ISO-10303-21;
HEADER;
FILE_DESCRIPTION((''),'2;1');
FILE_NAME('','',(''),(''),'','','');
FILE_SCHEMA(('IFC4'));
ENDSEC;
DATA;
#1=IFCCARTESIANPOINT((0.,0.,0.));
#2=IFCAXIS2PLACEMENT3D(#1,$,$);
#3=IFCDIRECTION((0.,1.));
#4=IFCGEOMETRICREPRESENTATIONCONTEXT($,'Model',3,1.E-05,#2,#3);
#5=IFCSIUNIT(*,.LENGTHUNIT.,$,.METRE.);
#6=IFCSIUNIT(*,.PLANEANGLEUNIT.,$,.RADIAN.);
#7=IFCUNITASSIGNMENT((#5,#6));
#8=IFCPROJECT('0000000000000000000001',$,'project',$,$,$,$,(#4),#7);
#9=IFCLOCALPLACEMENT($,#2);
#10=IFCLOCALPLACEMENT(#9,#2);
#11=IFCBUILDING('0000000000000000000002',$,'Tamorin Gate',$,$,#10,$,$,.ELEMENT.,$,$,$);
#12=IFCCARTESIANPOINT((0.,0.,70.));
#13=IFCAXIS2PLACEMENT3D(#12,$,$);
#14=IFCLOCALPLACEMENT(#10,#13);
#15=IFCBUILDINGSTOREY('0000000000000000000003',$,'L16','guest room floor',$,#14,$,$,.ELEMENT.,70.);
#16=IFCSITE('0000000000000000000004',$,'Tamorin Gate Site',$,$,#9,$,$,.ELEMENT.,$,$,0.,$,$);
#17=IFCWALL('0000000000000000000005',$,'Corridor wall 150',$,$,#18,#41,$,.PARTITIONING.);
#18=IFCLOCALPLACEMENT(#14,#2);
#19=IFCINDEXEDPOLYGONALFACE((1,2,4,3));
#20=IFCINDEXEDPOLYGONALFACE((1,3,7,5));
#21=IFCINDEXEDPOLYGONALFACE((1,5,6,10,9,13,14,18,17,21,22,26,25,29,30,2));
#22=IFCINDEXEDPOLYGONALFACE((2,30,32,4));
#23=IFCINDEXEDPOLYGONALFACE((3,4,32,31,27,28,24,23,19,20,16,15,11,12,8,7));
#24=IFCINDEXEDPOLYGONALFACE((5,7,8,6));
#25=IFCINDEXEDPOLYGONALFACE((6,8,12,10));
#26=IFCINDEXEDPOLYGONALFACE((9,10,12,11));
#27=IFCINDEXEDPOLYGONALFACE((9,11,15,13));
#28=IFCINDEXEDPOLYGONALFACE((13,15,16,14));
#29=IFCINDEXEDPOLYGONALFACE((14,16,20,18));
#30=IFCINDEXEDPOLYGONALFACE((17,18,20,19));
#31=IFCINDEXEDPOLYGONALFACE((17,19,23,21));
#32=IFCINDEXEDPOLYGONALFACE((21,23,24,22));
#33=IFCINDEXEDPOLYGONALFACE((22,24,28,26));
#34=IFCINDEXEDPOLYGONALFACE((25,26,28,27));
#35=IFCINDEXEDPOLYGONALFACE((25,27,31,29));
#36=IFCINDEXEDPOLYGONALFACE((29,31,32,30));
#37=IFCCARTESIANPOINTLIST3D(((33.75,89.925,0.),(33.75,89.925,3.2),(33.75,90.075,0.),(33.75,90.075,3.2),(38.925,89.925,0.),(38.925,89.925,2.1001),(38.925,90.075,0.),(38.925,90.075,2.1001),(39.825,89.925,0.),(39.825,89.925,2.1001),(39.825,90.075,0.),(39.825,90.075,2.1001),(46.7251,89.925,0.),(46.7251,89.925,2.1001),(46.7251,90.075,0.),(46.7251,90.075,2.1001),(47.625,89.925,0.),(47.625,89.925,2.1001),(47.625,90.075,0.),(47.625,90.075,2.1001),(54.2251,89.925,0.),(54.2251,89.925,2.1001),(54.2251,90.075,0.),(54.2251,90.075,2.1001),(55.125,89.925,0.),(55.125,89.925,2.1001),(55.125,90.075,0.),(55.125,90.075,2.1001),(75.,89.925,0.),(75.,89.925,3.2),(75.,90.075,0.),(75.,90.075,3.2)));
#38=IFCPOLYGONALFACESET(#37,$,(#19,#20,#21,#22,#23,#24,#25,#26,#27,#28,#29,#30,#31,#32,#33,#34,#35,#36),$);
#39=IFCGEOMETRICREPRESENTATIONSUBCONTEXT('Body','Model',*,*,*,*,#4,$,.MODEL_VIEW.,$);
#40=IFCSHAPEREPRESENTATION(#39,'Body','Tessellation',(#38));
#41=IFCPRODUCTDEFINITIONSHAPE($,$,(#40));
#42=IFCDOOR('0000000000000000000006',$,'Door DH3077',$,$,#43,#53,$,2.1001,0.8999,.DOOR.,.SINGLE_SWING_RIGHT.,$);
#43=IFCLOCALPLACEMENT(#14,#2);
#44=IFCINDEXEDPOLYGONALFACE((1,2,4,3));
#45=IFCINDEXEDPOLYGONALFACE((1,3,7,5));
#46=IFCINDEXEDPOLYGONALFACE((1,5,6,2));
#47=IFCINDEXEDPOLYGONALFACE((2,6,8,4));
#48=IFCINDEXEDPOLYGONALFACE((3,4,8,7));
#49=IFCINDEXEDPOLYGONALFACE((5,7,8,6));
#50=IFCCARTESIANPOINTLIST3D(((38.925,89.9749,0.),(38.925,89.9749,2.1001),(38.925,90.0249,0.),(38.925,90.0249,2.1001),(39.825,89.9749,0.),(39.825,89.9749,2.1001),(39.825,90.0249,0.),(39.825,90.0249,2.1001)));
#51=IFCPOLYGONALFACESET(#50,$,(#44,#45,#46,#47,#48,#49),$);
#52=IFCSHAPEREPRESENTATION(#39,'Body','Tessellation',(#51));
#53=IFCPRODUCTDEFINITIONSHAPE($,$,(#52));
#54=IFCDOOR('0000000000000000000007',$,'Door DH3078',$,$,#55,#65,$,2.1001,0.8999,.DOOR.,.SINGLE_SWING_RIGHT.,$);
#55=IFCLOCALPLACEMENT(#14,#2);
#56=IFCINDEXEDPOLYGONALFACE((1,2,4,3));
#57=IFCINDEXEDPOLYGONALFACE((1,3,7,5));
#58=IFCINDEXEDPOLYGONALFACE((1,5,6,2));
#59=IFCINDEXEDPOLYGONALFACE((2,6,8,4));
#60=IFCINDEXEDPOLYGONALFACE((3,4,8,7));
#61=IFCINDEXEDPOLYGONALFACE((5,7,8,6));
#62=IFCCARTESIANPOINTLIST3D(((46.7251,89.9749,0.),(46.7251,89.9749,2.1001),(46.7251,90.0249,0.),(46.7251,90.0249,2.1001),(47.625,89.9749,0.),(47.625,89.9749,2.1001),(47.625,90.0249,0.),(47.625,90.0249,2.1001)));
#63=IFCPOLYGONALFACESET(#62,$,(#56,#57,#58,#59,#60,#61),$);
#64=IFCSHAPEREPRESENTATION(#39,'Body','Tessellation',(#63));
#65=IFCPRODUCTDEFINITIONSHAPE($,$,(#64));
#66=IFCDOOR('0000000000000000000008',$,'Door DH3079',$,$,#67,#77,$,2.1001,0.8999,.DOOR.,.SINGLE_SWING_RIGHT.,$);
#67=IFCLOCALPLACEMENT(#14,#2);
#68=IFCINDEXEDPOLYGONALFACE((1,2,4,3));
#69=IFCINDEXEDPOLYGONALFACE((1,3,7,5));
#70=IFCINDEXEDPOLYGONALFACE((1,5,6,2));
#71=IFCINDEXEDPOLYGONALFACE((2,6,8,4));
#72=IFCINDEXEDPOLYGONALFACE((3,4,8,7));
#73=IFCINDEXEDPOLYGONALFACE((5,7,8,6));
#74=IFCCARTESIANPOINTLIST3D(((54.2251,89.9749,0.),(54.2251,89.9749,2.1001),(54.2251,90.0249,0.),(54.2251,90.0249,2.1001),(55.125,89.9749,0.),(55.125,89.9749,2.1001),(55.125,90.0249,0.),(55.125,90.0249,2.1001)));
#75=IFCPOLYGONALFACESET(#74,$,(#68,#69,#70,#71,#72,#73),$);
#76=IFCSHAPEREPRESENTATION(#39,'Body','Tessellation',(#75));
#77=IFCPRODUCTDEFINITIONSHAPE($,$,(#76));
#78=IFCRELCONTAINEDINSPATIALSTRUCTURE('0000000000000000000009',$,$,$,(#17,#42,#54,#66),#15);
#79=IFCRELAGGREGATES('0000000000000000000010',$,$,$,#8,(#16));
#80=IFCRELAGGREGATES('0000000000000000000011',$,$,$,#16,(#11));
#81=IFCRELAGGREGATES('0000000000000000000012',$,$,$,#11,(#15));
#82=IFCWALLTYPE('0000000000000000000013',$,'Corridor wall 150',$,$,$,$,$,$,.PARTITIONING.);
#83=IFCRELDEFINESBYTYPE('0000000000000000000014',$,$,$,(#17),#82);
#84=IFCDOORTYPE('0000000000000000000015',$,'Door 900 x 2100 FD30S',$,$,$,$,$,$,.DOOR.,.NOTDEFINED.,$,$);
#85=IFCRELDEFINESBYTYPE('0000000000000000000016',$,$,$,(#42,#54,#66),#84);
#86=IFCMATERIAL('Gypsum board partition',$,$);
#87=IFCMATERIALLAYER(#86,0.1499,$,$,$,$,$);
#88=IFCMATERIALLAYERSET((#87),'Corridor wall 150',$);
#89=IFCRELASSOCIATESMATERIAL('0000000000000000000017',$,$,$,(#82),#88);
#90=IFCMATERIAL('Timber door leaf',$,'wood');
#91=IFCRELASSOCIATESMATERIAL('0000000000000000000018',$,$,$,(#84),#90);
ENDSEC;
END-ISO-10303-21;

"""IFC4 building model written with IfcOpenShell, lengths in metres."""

from ifc_helpers import new_model, si_unit, direction, frame, frame_2d, origin, place, context, subcontext, project, spatial, rectangle, extrude, material, layer, layer_set, type_object, element, fill, save


model = new_model("IFC4")

# Units and contexts
model_context = context("Model", 3, precision=1e-05, world=origin(), true_north=direction((0.0, 1.0)))
body_context = subcontext(model_context, "Body", "Model", "MODEL_VIEW")
ifc_project = project(units=[si_unit("LENGTHUNIT", "METRE"), si_unit("PLANEANGLEUNIT", "RADIAN")], contexts=[model_context])

# Site, building, storey
site_placement = place(None, origin())
site = spatial("IfcSite", under=ifc_project, at=site_placement, Name="Tamorin Gate Site", CompositionType="ELEMENT", RefElevation=0.0)
building_placement = place(site_placement, origin())
building = spatial("IfcBuilding", under=site, at=building_placement, Name="Tamorin Gate", CompositionType="ELEMENT")
storey_placement = place(building_placement, frame((0.0, 0.0, 70.0)))
storey = spatial("IfcBuildingStorey", under=building, at=storey_placement, Name="L16", Description="guest room floor", CompositionType="ELEMENT", Elevation=70.0)

# Wall, openings, doors
ifc_material_1 = material(Name="Gypsum board partition")
ifc_layer_1 = layer(ifc_material_1, 0.1499)
ifc_layer_set_1 = layer_set([ifc_layer_1], Name="Corridor wall 150")
wall_type_1 = type_object("IfcWallType", Name="Corridor wall 150", PredefinedType="PARTITIONING", material=ifc_layer_set_1)
wall_1_placement = place(storey_placement, frame((33.75, 90.0, 0.0), z_axis=(0.0, 0.0, 1.0), x_axis=(1.0, 0.0, 0.0)))
wall_1 = element("IfcWall", 1, at=wall_1_placement, inside=storey, type_object=wall_type_1, Name="Corridor wall 150", PredefinedType="PARTITIONING", context=body_context, shape_type="SweptSolid", body=[
    extrude(rectangle(XDim=41.25, YDim=0.1499, at=frame_2d((20.625, 0.0))), origin(), (0.0, 0.0, 1.0), 3.2),
])
opening_1_placement = place(wall_1_placement, frame((5.175, 0.0, 0.0)))
opening_1 = element("IfcOpeningElement", 2, at=opening_1_placement, cuts=wall_1, PredefinedType="OPENING", context=body_context, shape_type="SweptSolid", body=[
    extrude(rectangle(XDim=0.8999, YDim=2.1001, at=frame_2d((0.45, 1.05))), frame((0.0, 0.085, 0.0), z_axis=(0.0, -1.0, 0.0), x_axis=(1.0, 0.0, 0.0)), (0.0, 0.0, 1.0), 0.1699),
])
opening_2_placement = place(wall_1_placement, frame((12.9751, 0.0, 0.0)))
opening_2 = element("IfcOpeningElement", 3, at=opening_2_placement, cuts=wall_1, PredefinedType="OPENING", context=body_context, shape_type="SweptSolid", body=[
    extrude(rectangle(XDim=0.8999, YDim=2.1001, at=frame_2d((0.45, 1.05))), frame((0.0, 0.085, 0.0), z_axis=(0.0, -1.0, 0.0), x_axis=(1.0, 0.0, 0.0)), (0.0, 0.0, 1.0), 0.1699),
])
opening_3_placement = place(wall_1_placement, frame((20.4751, 0.0, 0.0)))
opening_3 = element("IfcOpeningElement", 4, at=opening_3_placement, cuts=wall_1, PredefinedType="OPENING", context=body_context, shape_type="SweptSolid", body=[
    extrude(rectangle(XDim=0.8999, YDim=2.1001, at=frame_2d((0.45, 1.05))), frame((0.0, 0.085, 0.0), z_axis=(0.0, -1.0, 0.0), x_axis=(1.0, 0.0, 0.0)), (0.0, 0.0, 1.0), 0.1699),
])
ifc_material_2 = material(Name="Timber door leaf", Category="wood")
door_type_1 = type_object("IfcDoorType", Name="Door 900 x 2100 FD30S", OperationType="NOTDEFINED", PredefinedType="DOOR", material=ifc_material_2)
door_1_placement = place(opening_1_placement, origin())
door_1 = element("IfcDoor", 5, at=door_1_placement, inside=storey, type_object=door_type_1, Name="Door DH3077", OperationType="SINGLE_SWING_RIGHT", OverallHeight=2.1001, OverallWidth=0.8999, PredefinedType="DOOR", context=body_context, shape_type="SweptSolid", body=[
    extrude(rectangle(XDim=0.8999, YDim=2.1001, at=frame_2d((0.45, 1.05))), frame((0.0, 0.0249, 0.0), z_axis=(0.0, -1.0, 0.0), x_axis=(1.0, 0.0, 0.0)), (0.0, 0.0, 1.0), 0.05),
])
fill(opening_1, door_1)
door_2_placement = place(opening_2_placement, origin())
door_2 = element("IfcDoor", 6, at=door_2_placement, inside=storey, type_object=door_type_1, Name="Door DH3078", OperationType="SINGLE_SWING_RIGHT", OverallHeight=2.1001, OverallWidth=0.8999, PredefinedType="DOOR", context=body_context, shape_type="SweptSolid", body=[
    extrude(rectangle(XDim=0.8999, YDim=2.1001, at=frame_2d((0.45, 1.05))), frame((0.0, 0.0249, 0.0), z_axis=(0.0, -1.0, 0.0), x_axis=(1.0, 0.0, 0.0)), (0.0, 0.0, 1.0), 0.05),
])
fill(opening_2, door_2)
door_3_placement = place(opening_3_placement, origin())
door_3 = element("IfcDoor", 7, at=door_3_placement, inside=storey, type_object=door_type_1, Name="Door DH3079", OperationType="SINGLE_SWING_RIGHT", OverallHeight=2.1001, OverallWidth=0.8999, PredefinedType="DOOR", context=body_context, shape_type="SweptSolid", body=[
    extrude(rectangle(XDim=0.8999, YDim=2.1001, at=frame_2d((0.45, 1.05))), frame((0.0, 0.0249, 0.0), z_axis=(0.0, -1.0, 0.0), x_axis=(1.0, 0.0, 0.0)), (0.0, 0.0, 1.0), 0.05),
])
fill(opening_3, door_3)

save(model, "model.ifc")
